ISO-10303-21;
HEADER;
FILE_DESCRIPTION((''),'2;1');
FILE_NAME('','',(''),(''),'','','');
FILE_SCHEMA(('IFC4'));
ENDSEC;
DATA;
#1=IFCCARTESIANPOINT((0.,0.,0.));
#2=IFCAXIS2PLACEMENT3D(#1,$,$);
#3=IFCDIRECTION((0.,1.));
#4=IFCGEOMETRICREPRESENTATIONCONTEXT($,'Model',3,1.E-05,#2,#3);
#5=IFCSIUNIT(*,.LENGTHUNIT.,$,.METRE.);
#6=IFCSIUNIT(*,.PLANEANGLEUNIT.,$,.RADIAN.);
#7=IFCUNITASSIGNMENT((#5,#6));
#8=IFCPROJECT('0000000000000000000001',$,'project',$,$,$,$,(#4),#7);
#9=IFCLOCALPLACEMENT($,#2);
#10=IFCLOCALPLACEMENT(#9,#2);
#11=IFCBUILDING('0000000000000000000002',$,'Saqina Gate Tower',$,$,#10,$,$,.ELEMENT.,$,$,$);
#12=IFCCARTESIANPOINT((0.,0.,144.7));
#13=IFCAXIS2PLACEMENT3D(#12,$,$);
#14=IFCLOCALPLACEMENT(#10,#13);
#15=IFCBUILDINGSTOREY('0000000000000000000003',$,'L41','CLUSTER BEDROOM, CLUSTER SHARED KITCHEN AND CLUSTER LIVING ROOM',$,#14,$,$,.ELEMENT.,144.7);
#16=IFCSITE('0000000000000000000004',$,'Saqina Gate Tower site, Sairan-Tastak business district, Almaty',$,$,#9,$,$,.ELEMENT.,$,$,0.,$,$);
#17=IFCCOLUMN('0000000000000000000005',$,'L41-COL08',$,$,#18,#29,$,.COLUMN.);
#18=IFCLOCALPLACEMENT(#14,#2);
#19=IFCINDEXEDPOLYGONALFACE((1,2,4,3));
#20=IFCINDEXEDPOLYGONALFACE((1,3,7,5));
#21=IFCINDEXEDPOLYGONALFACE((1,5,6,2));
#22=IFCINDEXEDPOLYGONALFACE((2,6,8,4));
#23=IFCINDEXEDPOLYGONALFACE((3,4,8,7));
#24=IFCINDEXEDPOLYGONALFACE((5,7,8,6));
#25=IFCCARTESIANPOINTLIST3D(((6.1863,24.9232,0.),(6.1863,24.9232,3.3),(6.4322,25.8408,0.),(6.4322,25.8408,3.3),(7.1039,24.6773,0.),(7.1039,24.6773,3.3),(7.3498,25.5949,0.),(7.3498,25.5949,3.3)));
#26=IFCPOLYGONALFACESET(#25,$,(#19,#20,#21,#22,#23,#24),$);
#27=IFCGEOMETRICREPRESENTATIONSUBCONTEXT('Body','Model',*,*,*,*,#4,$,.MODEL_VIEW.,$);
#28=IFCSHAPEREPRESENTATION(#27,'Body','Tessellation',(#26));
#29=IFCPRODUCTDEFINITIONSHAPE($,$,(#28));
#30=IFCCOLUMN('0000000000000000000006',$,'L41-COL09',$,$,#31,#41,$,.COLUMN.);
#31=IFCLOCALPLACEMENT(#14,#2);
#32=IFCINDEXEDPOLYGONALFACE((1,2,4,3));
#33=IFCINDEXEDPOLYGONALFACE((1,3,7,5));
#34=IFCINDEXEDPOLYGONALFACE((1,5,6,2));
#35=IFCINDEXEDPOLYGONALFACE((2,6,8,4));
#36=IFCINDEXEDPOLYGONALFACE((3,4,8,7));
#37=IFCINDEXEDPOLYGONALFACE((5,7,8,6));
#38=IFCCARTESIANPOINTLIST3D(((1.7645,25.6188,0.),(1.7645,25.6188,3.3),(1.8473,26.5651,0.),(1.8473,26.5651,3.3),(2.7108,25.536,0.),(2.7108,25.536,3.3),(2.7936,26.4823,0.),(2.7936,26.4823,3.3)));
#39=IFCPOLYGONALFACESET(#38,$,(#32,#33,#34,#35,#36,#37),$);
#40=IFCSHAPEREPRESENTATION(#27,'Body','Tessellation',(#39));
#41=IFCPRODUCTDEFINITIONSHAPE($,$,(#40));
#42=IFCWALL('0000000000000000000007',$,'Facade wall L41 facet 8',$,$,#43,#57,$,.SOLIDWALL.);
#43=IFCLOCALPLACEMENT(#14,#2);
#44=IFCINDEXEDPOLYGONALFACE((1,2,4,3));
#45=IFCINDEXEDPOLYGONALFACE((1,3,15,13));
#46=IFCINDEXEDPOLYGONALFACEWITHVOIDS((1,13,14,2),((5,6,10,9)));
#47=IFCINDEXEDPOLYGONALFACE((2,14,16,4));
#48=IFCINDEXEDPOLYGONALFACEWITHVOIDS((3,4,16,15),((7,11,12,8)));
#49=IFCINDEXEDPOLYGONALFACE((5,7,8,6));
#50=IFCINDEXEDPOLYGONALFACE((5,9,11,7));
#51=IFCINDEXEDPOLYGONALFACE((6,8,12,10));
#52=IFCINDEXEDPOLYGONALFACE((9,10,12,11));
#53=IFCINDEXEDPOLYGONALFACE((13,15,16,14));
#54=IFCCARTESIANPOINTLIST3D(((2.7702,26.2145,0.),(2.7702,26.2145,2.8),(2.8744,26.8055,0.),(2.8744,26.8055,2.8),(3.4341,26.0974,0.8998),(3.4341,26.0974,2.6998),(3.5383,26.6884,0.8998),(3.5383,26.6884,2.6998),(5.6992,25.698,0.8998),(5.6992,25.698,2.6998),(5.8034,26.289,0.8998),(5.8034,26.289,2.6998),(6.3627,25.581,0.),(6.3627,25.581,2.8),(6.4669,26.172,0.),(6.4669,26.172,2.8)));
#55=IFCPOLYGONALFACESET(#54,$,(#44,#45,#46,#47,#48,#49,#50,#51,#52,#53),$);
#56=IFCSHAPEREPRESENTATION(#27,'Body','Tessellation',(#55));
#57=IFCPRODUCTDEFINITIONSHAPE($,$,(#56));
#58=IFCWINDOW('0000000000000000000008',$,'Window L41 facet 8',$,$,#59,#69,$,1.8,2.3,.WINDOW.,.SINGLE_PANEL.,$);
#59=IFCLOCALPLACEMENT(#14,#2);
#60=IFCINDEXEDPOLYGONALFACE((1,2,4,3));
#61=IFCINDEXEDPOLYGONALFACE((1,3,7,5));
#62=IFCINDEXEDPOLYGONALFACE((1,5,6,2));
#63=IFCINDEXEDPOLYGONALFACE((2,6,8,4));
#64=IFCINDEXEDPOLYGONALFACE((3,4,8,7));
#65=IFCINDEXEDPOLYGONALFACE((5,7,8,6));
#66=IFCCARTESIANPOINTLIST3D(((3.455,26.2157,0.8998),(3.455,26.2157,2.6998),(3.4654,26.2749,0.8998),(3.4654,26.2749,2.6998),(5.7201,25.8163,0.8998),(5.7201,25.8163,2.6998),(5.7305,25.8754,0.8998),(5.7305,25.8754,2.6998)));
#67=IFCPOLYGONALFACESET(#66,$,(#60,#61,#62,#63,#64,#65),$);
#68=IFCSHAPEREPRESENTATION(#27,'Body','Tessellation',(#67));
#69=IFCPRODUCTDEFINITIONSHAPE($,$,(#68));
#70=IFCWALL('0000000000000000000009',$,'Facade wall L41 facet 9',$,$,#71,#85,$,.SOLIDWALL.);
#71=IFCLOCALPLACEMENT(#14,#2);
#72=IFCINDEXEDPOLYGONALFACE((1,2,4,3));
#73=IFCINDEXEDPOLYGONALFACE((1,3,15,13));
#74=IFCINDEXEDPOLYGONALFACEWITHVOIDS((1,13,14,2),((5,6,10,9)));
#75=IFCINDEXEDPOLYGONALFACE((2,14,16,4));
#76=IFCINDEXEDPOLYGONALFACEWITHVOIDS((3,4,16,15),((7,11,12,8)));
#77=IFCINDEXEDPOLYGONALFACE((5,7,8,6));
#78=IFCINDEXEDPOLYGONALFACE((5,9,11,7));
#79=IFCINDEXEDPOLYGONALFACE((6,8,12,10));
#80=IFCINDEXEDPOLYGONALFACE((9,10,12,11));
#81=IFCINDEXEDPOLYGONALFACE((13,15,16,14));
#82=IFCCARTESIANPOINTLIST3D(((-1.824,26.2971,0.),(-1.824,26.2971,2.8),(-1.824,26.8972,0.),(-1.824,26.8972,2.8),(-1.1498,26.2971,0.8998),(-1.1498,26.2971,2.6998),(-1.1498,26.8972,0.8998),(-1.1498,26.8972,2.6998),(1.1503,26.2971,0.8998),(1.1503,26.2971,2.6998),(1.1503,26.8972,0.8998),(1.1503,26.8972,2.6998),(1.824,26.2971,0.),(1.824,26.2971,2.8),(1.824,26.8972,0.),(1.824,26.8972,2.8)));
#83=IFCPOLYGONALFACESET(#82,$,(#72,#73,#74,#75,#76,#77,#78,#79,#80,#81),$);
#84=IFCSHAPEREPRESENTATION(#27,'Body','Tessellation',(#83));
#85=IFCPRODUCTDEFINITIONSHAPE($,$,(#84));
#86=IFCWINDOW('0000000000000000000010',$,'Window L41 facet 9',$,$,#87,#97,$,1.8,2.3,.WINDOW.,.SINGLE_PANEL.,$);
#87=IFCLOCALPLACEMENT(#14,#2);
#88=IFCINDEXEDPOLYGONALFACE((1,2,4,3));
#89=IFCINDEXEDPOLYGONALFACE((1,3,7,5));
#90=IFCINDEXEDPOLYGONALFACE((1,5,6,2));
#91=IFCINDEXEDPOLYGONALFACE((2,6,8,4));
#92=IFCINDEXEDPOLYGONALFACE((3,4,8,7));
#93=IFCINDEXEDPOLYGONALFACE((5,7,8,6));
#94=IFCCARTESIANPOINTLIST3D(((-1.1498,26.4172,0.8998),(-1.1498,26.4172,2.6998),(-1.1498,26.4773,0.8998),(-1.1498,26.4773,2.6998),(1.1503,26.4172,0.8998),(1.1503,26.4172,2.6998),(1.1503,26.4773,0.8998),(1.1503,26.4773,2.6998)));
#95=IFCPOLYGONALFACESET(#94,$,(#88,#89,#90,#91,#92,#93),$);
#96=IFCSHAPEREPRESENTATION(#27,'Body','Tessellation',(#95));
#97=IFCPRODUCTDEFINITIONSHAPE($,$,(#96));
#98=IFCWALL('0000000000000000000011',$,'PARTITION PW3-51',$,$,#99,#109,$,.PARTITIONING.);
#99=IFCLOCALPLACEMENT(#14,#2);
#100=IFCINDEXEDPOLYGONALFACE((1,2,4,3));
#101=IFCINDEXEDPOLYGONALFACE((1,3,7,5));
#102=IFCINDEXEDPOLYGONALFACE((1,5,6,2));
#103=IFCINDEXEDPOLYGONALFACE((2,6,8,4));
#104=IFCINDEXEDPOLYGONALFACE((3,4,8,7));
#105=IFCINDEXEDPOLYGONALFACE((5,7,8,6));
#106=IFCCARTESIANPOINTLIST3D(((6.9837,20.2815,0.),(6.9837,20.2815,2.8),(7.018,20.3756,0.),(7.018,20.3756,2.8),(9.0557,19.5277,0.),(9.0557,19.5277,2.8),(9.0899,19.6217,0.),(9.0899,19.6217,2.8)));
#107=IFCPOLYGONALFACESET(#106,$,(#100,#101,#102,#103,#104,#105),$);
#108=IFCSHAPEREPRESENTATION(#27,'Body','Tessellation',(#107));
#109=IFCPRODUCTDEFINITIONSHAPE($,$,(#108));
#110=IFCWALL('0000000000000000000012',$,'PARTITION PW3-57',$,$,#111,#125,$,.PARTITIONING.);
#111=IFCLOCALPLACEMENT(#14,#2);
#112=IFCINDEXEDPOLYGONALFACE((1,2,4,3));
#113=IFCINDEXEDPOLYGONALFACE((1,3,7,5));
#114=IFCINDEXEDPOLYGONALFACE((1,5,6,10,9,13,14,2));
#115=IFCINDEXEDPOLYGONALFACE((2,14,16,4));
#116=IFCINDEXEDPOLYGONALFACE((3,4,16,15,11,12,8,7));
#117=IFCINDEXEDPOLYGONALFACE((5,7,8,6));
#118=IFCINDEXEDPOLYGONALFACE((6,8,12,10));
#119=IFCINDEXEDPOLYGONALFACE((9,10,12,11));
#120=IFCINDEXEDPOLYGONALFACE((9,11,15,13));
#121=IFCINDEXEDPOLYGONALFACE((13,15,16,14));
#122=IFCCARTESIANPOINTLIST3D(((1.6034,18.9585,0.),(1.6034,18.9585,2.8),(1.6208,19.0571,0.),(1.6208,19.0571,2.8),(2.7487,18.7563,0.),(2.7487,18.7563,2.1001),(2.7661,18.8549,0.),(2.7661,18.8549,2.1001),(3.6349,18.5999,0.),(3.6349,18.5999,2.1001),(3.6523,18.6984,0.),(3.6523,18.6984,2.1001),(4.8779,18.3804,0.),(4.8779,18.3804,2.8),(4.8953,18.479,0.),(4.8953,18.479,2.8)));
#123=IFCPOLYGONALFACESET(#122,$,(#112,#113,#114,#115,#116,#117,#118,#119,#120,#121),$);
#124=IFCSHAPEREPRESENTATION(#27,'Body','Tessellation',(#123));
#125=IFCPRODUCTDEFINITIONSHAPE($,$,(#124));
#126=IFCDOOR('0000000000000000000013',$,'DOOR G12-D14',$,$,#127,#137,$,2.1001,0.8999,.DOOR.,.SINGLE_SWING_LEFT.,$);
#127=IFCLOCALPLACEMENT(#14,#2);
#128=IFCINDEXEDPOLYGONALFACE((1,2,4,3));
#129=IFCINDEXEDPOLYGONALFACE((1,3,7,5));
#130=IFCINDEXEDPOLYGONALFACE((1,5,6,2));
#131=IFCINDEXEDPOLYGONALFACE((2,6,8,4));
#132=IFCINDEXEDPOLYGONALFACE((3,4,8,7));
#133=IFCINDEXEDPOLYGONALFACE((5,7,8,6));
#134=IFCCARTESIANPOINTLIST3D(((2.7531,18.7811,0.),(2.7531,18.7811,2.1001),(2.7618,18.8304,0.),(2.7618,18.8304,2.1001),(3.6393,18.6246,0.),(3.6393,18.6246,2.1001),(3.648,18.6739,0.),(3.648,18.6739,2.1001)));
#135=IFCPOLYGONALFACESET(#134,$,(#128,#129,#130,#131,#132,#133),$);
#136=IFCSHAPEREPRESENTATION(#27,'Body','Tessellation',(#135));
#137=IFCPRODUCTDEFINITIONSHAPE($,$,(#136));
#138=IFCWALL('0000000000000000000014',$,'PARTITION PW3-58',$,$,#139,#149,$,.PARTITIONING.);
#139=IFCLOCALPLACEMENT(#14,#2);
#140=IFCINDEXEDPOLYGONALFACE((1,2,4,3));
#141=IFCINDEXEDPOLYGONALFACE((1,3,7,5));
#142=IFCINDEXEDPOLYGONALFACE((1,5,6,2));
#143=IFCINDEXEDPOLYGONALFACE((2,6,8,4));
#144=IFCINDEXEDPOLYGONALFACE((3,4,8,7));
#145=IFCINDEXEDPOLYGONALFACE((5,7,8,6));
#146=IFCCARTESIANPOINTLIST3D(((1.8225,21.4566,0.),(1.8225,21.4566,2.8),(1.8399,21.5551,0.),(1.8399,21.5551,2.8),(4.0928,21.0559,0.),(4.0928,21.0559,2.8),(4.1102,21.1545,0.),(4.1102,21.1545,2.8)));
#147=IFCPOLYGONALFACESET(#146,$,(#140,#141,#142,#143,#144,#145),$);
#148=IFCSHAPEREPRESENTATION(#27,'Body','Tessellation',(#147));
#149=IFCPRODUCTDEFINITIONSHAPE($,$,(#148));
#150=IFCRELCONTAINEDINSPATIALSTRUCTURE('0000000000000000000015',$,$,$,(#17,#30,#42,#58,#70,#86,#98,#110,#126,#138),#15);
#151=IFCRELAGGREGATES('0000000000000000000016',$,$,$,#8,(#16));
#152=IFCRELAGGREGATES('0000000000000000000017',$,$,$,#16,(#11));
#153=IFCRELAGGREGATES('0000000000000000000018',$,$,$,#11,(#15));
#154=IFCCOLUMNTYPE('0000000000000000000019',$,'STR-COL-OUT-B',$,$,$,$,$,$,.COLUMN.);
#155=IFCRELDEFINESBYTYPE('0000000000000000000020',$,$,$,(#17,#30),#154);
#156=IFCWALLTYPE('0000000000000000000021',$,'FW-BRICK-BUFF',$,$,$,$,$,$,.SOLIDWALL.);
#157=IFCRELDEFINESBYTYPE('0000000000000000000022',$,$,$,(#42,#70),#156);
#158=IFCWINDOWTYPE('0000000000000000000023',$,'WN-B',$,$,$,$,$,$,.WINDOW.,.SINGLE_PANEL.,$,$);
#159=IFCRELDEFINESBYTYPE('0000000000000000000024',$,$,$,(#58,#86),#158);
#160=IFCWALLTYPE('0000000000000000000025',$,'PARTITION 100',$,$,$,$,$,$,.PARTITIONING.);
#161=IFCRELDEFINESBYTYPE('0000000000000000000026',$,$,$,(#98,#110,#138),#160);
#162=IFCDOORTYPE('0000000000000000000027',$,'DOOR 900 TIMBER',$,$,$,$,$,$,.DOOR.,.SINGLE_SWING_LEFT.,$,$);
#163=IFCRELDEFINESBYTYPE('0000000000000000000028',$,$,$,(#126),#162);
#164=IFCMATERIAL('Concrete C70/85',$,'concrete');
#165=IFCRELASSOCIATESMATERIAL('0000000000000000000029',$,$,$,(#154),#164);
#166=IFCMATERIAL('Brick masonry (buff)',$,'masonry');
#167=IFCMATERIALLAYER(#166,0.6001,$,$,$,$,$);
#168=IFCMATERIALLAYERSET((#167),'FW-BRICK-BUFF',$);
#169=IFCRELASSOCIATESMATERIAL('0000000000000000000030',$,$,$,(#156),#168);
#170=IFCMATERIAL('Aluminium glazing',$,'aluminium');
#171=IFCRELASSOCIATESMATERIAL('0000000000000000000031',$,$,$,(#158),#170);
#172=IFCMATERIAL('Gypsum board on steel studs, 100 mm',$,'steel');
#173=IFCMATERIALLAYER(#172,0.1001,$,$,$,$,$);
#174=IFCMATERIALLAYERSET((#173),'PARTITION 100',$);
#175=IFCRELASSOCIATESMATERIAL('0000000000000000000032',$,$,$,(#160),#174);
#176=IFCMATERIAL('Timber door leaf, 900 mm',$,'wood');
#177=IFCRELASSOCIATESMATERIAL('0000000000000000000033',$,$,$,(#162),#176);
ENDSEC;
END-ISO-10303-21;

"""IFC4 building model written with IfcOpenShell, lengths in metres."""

from ifc_helpers import new_model, si_unit, direction, frame, frame_2d, origin, origin_2d, place, context, subcontext, project, spatial, rectangle, extrude, material, layer, layer_set, material_profile, profile_set, type_object, element, fill, save


model = new_model("IFC4")

# Units and contexts
model_context = context("Model", 3, precision=1e-05, world=origin(), true_north=direction((0.0, 1.0)))
body_context = subcontext(model_context, "Body", "Model", "MODEL_VIEW")
ifc_project = project(units=[si_unit("LENGTHUNIT", "METRE"), si_unit("PLANEANGLEUNIT", "RADIAN")], contexts=[model_context])

# Site, building, storey
site_placement = place(None, origin())
site = spatial("IfcSite", under=ifc_project, at=site_placement, Name="Saqina Gate Tower site, Sairan-Tastak business district, Almaty", CompositionType="ELEMENT", RefElevation=0.0)
building_placement = place(site_placement, origin())
building = spatial("IfcBuilding", under=site, at=building_placement, Name="Saqina Gate Tower", CompositionType="ELEMENT")
storey_placement = place(building_placement, frame((0.0, 0.0, 144.7)))
storey = spatial("IfcBuildingStorey", under=building, at=storey_placement, Name="L41", Description="CLUSTER BEDROOM, CLUSTER SHARED KITCHEN AND CLUSTER LIVING ROOM", CompositionType="ELEMENT", Elevation=144.7)

# Columns
ifc_material_1 = material(Name="Concrete C70/85", Category="concrete")
ifc_material_profile = material_profile(ifc_material_1, rectangle(XDim=0.95, YDim=0.95, at=origin_2d()), Name="RC 950x950")
ifc_profile_set = profile_set([ifc_material_profile], Name="Concrete C70/85")
column_type = type_object("IfcColumnType", Name="STR-COL-OUT-B", PredefinedType="COLUMN", material=ifc_profile_set)
for number, where, z_axis, x_axis, name in (
    (1, (6.7681, 25.259, 0.0), (0.0, 0.0, 1.0), (0.258819, 0.965926, 0.0), "L41-COL08"),
    (2, (2.2791, 26.0505, 0.0), (0.0, 0.0, 1.0), (0.087156, 0.996195, 0.0), "L41-COL09"),
):
    element("IfcColumn", number, at=place(storey_placement, frame(where, z_axis=z_axis, x_axis=x_axis)), inside=storey, type_object=column_type, Name=name, PredefinedType="COLUMN", context=body_context, shape_type="SweptSolid", body=[
        extrude(rectangle(XDim=0.95, YDim=0.95, at=origin_2d()), origin(), (0.0, 0.0, 1.0), 3.3),
    ])

# Walls, openings, windows
ifc_material_2 = material(Name="Brick masonry (buff)", Category="masonry")
ifc_layer_1 = layer(ifc_material_2, 0.6001)
ifc_layer_set_1 = layer_set([ifc_layer_1], Name="FW-BRICK-BUFF")
wall_type_1 = type_object("IfcWallType", Name="FW-BRICK-BUFF", PredefinedType="SOLIDWALL", material=ifc_layer_set_1)
wall_1_placement = place(storey_placement, frame((6.4148, 25.8765, 0.0), z_axis=(0.0, 0.0, 1.0), x_axis=(-0.984804, 0.173671, 0.0)))
wall_1 = element("IfcWall", 3, at=wall_1_placement, inside=storey, type_object=wall_type_1, Name="Facade wall L41 facet 8", PredefinedType="SOLIDWALL", context=body_context, shape_type="SweptSolid", body=[
    extrude(rectangle(XDim=3.6479, YDim=0.6001, at=frame_2d((1.824, 0.0))), origin(), (0.0, 0.0, 1.0), 2.8),
])
opening_1_placement = place(wall_1_placement, frame((0.6738, 0.0, 0.8999)))
opening_1 = element("IfcOpeningElement", 4, at=opening_1_placement, cuts=wall_1, PredefinedType="OPENING", context=body_context, shape_type="SweptSolid", body=[
    extrude(rectangle(XDim=2.3, YDim=1.8, at=frame_2d((1.1499, 0.8999))), frame((0.0, 0.312, 0.0), z_axis=(0.0, -1.0, 0.0), x_axis=(1.0, 0.0, 0.0)), (0.0, 0.0, 1.0), 0.624),
])
ifc_material_3 = material(Name="Aluminium glazing", Category="aluminium")
window_type = type_object("IfcWindowType", Name="WN-B", PartitioningType="SINGLE_PANEL", PredefinedType="WINDOW", material=ifc_material_3)
window_1_placement = place(opening_1_placement, origin())
window_1 = element("IfcWindow", 5, at=window_1_placement, inside=storey, type_object=window_type, Name="Window L41 facet 8", OverallHeight=1.8, OverallWidth=2.3, PartitioningType="SINGLE_PANEL", PredefinedType="WINDOW", context=body_context, shape_type="SweptSolid", body=[
    extrude(rectangle(XDim=2.3, YDim=1.8, at=frame_2d((1.1499, 0.8999))), frame((0.0, 0.1799, 0.0), z_axis=(0.0, -1.0, 0.0), x_axis=(1.0, 0.0, 0.0)), (0.0, 0.0, 1.0), 0.0601),
])
fill(opening_1, window_1)
wall_2_placement = place(storey_placement, frame((1.824, 26.5972, 0.0), z_axis=(0.0, 0.0, 1.0), x_axis=(-1.0, 0.0, 0.0)))
wall_2 = element("IfcWall", 6, at=wall_2_placement, inside=storey, type_object=wall_type_1, Name="Facade wall L41 facet 9", PredefinedType="SOLIDWALL", context=body_context, shape_type="SweptSolid", body=[
    extrude(rectangle(XDim=3.6479, YDim=0.6001, at=frame_2d((1.824, 0.0))), origin(), (0.0, 0.0, 1.0), 2.8),
])
opening_2_placement = place(wall_2_placement, frame((0.6738, 0.0, 0.8999)))
opening_2 = element("IfcOpeningElement", 7, at=opening_2_placement, cuts=wall_2, PredefinedType="OPENING", context=body_context, shape_type="SweptSolid", body=[
    extrude(rectangle(XDim=2.3, YDim=1.8, at=frame_2d((1.1499, 0.8999))), frame((0.0, 0.312, 0.0), z_axis=(0.0, -1.0, 0.0), x_axis=(1.0, 0.0, 0.0)), (0.0, 0.0, 1.0), 0.624),
])
window_2_placement = place(opening_2_placement, origin())
window_2 = element("IfcWindow", 8, at=window_2_placement, inside=storey, type_object=window_type, Name="Window L41 facet 9", OverallHeight=1.8, OverallWidth=2.3, PartitioningType="SINGLE_PANEL", PredefinedType="WINDOW", context=body_context, shape_type="SweptSolid", body=[
    extrude(rectangle(XDim=2.3, YDim=1.8, at=frame_2d((1.1499, 0.8999))), frame((0.0, 0.1799, 0.0), z_axis=(0.0, -1.0, 0.0), x_axis=(1.0, 0.0, 0.0)), (0.0, 0.0, 1.0), 0.0601),
])
fill(opening_2, window_2)

# Wall
ifc_material_4 = material(Name="Gypsum board on steel studs, 100 mm", Category="steel")
ifc_layer_2 = layer(ifc_material_4, 0.1001)
ifc_layer_set_2 = layer_set([ifc_layer_2], Name="PARTITION 100")
wall_type_2 = type_object("IfcWallType", Name="PARTITION 100", PredefinedType="PARTITIONING", material=ifc_layer_set_2)
wall_3_placement = place(storey_placement, frame((7.0007, 20.3286, 0.0), z_axis=(0.0, 0.0, 1.0), x_axis=(0.939729, -0.341921, 0.0)))
element("IfcWall", 9, at=wall_3_placement, inside=storey, type_object=wall_type_2, Name="PARTITION PW3-51", PredefinedType="PARTITIONING", context=body_context, shape_type="SweptSolid", body=[
    extrude(rectangle(XDim=2.2048, YDim=0.1001, at=frame_2d((1.1025, 0.0))), origin(), (0.0, 0.0, 1.0), 2.8),
])

# Wall, opening, door
wall_4_placement = place(storey_placement, frame((1.6121, 19.0078, 0.0), z_axis=(0.0, 0.0, 1.0), x_axis=(0.984771, -0.173857, 0.0)))
wall_4 = element("IfcWall", 10, at=wall_4_placement, inside=storey, type_object=wall_type_2, Name="PARTITION PW3-57", PredefinedType="PARTITIONING", context=body_context, shape_type="SweptSolid", body=[
    extrude(rectangle(XDim=3.3252, YDim=0.1001, at=frame_2d((1.6626, 0.0))), origin(), (0.0, 0.0, 1.0), 2.8),
])
opening_3_placement = place(wall_4_placement, frame((1.1631, 0.0, 0.0)))
opening_3 = element("IfcOpeningElement", 11, at=opening_3_placement, cuts=wall_4, PredefinedType="OPENING", context=body_context, shape_type="SweptSolid", body=[
    extrude(rectangle(XDim=0.8999, YDim=2.1001, at=frame_2d((0.45, 1.05))), frame((0.0, 0.062, 0.0), z_axis=(0.0, -1.0, 0.0), x_axis=(1.0, 0.0, 0.0)), (0.0, 0.0, 1.0), 0.124),
])
ifc_material_5 = material(Name="Timber door leaf, 900 mm", Category="wood")
door_type_1 = type_object("IfcDoorType", Name="DOOR 900 TIMBER", OperationType="SINGLE_SWING_LEFT", PredefinedType="DOOR", material=ifc_material_5)
door_1_placement = place(opening_3_placement, frame((0.8999, 0.0, 0.0), z_axis=(0.0, 0.0, 1.0), x_axis=(-1.0, 0.0, 0.0)))
door_1 = element("IfcDoor", 12, at=door_1_placement, inside=storey, type_object=door_type_1, Name="DOOR G12-D14", OperationType="SINGLE_SWING_LEFT", OverallHeight=2.1001, OverallWidth=0.8999, PredefinedType="DOOR", context=body_context, shape_type="SweptSolid", body=[
    extrude(rectangle(XDim=0.8999, YDim=2.1001, at=frame_2d((0.45, 1.05))), frame((0.0, 0.0249, 0.0), z_axis=(0.0, -1.0, 0.0), x_axis=(1.0, 0.0, 0.0)), (0.0, 0.0, 1.0), 0.05),
])
fill(opening_3, door_1)

# Wall
wall_5_placement = place(storey_placement, frame((1.8311, 21.5059, 0.0), z_axis=(0.0, 0.0, 1.0), x_axis=(0.984784, -0.173785, 0.0)))
element("IfcWall", 13, at=wall_5_placement, inside=storey, type_object=wall_type_2, Name="PARTITION PW3-58", PredefinedType="PARTITIONING", context=body_context, shape_type="SweptSolid", body=[
    extrude(rectangle(XDim=2.3054, YDim=0.1001, at=frame_2d((1.1528, 0.0))), origin(), (0.0, 0.0, 1.0), 2.8),
])

save(model, "model.ifc")
